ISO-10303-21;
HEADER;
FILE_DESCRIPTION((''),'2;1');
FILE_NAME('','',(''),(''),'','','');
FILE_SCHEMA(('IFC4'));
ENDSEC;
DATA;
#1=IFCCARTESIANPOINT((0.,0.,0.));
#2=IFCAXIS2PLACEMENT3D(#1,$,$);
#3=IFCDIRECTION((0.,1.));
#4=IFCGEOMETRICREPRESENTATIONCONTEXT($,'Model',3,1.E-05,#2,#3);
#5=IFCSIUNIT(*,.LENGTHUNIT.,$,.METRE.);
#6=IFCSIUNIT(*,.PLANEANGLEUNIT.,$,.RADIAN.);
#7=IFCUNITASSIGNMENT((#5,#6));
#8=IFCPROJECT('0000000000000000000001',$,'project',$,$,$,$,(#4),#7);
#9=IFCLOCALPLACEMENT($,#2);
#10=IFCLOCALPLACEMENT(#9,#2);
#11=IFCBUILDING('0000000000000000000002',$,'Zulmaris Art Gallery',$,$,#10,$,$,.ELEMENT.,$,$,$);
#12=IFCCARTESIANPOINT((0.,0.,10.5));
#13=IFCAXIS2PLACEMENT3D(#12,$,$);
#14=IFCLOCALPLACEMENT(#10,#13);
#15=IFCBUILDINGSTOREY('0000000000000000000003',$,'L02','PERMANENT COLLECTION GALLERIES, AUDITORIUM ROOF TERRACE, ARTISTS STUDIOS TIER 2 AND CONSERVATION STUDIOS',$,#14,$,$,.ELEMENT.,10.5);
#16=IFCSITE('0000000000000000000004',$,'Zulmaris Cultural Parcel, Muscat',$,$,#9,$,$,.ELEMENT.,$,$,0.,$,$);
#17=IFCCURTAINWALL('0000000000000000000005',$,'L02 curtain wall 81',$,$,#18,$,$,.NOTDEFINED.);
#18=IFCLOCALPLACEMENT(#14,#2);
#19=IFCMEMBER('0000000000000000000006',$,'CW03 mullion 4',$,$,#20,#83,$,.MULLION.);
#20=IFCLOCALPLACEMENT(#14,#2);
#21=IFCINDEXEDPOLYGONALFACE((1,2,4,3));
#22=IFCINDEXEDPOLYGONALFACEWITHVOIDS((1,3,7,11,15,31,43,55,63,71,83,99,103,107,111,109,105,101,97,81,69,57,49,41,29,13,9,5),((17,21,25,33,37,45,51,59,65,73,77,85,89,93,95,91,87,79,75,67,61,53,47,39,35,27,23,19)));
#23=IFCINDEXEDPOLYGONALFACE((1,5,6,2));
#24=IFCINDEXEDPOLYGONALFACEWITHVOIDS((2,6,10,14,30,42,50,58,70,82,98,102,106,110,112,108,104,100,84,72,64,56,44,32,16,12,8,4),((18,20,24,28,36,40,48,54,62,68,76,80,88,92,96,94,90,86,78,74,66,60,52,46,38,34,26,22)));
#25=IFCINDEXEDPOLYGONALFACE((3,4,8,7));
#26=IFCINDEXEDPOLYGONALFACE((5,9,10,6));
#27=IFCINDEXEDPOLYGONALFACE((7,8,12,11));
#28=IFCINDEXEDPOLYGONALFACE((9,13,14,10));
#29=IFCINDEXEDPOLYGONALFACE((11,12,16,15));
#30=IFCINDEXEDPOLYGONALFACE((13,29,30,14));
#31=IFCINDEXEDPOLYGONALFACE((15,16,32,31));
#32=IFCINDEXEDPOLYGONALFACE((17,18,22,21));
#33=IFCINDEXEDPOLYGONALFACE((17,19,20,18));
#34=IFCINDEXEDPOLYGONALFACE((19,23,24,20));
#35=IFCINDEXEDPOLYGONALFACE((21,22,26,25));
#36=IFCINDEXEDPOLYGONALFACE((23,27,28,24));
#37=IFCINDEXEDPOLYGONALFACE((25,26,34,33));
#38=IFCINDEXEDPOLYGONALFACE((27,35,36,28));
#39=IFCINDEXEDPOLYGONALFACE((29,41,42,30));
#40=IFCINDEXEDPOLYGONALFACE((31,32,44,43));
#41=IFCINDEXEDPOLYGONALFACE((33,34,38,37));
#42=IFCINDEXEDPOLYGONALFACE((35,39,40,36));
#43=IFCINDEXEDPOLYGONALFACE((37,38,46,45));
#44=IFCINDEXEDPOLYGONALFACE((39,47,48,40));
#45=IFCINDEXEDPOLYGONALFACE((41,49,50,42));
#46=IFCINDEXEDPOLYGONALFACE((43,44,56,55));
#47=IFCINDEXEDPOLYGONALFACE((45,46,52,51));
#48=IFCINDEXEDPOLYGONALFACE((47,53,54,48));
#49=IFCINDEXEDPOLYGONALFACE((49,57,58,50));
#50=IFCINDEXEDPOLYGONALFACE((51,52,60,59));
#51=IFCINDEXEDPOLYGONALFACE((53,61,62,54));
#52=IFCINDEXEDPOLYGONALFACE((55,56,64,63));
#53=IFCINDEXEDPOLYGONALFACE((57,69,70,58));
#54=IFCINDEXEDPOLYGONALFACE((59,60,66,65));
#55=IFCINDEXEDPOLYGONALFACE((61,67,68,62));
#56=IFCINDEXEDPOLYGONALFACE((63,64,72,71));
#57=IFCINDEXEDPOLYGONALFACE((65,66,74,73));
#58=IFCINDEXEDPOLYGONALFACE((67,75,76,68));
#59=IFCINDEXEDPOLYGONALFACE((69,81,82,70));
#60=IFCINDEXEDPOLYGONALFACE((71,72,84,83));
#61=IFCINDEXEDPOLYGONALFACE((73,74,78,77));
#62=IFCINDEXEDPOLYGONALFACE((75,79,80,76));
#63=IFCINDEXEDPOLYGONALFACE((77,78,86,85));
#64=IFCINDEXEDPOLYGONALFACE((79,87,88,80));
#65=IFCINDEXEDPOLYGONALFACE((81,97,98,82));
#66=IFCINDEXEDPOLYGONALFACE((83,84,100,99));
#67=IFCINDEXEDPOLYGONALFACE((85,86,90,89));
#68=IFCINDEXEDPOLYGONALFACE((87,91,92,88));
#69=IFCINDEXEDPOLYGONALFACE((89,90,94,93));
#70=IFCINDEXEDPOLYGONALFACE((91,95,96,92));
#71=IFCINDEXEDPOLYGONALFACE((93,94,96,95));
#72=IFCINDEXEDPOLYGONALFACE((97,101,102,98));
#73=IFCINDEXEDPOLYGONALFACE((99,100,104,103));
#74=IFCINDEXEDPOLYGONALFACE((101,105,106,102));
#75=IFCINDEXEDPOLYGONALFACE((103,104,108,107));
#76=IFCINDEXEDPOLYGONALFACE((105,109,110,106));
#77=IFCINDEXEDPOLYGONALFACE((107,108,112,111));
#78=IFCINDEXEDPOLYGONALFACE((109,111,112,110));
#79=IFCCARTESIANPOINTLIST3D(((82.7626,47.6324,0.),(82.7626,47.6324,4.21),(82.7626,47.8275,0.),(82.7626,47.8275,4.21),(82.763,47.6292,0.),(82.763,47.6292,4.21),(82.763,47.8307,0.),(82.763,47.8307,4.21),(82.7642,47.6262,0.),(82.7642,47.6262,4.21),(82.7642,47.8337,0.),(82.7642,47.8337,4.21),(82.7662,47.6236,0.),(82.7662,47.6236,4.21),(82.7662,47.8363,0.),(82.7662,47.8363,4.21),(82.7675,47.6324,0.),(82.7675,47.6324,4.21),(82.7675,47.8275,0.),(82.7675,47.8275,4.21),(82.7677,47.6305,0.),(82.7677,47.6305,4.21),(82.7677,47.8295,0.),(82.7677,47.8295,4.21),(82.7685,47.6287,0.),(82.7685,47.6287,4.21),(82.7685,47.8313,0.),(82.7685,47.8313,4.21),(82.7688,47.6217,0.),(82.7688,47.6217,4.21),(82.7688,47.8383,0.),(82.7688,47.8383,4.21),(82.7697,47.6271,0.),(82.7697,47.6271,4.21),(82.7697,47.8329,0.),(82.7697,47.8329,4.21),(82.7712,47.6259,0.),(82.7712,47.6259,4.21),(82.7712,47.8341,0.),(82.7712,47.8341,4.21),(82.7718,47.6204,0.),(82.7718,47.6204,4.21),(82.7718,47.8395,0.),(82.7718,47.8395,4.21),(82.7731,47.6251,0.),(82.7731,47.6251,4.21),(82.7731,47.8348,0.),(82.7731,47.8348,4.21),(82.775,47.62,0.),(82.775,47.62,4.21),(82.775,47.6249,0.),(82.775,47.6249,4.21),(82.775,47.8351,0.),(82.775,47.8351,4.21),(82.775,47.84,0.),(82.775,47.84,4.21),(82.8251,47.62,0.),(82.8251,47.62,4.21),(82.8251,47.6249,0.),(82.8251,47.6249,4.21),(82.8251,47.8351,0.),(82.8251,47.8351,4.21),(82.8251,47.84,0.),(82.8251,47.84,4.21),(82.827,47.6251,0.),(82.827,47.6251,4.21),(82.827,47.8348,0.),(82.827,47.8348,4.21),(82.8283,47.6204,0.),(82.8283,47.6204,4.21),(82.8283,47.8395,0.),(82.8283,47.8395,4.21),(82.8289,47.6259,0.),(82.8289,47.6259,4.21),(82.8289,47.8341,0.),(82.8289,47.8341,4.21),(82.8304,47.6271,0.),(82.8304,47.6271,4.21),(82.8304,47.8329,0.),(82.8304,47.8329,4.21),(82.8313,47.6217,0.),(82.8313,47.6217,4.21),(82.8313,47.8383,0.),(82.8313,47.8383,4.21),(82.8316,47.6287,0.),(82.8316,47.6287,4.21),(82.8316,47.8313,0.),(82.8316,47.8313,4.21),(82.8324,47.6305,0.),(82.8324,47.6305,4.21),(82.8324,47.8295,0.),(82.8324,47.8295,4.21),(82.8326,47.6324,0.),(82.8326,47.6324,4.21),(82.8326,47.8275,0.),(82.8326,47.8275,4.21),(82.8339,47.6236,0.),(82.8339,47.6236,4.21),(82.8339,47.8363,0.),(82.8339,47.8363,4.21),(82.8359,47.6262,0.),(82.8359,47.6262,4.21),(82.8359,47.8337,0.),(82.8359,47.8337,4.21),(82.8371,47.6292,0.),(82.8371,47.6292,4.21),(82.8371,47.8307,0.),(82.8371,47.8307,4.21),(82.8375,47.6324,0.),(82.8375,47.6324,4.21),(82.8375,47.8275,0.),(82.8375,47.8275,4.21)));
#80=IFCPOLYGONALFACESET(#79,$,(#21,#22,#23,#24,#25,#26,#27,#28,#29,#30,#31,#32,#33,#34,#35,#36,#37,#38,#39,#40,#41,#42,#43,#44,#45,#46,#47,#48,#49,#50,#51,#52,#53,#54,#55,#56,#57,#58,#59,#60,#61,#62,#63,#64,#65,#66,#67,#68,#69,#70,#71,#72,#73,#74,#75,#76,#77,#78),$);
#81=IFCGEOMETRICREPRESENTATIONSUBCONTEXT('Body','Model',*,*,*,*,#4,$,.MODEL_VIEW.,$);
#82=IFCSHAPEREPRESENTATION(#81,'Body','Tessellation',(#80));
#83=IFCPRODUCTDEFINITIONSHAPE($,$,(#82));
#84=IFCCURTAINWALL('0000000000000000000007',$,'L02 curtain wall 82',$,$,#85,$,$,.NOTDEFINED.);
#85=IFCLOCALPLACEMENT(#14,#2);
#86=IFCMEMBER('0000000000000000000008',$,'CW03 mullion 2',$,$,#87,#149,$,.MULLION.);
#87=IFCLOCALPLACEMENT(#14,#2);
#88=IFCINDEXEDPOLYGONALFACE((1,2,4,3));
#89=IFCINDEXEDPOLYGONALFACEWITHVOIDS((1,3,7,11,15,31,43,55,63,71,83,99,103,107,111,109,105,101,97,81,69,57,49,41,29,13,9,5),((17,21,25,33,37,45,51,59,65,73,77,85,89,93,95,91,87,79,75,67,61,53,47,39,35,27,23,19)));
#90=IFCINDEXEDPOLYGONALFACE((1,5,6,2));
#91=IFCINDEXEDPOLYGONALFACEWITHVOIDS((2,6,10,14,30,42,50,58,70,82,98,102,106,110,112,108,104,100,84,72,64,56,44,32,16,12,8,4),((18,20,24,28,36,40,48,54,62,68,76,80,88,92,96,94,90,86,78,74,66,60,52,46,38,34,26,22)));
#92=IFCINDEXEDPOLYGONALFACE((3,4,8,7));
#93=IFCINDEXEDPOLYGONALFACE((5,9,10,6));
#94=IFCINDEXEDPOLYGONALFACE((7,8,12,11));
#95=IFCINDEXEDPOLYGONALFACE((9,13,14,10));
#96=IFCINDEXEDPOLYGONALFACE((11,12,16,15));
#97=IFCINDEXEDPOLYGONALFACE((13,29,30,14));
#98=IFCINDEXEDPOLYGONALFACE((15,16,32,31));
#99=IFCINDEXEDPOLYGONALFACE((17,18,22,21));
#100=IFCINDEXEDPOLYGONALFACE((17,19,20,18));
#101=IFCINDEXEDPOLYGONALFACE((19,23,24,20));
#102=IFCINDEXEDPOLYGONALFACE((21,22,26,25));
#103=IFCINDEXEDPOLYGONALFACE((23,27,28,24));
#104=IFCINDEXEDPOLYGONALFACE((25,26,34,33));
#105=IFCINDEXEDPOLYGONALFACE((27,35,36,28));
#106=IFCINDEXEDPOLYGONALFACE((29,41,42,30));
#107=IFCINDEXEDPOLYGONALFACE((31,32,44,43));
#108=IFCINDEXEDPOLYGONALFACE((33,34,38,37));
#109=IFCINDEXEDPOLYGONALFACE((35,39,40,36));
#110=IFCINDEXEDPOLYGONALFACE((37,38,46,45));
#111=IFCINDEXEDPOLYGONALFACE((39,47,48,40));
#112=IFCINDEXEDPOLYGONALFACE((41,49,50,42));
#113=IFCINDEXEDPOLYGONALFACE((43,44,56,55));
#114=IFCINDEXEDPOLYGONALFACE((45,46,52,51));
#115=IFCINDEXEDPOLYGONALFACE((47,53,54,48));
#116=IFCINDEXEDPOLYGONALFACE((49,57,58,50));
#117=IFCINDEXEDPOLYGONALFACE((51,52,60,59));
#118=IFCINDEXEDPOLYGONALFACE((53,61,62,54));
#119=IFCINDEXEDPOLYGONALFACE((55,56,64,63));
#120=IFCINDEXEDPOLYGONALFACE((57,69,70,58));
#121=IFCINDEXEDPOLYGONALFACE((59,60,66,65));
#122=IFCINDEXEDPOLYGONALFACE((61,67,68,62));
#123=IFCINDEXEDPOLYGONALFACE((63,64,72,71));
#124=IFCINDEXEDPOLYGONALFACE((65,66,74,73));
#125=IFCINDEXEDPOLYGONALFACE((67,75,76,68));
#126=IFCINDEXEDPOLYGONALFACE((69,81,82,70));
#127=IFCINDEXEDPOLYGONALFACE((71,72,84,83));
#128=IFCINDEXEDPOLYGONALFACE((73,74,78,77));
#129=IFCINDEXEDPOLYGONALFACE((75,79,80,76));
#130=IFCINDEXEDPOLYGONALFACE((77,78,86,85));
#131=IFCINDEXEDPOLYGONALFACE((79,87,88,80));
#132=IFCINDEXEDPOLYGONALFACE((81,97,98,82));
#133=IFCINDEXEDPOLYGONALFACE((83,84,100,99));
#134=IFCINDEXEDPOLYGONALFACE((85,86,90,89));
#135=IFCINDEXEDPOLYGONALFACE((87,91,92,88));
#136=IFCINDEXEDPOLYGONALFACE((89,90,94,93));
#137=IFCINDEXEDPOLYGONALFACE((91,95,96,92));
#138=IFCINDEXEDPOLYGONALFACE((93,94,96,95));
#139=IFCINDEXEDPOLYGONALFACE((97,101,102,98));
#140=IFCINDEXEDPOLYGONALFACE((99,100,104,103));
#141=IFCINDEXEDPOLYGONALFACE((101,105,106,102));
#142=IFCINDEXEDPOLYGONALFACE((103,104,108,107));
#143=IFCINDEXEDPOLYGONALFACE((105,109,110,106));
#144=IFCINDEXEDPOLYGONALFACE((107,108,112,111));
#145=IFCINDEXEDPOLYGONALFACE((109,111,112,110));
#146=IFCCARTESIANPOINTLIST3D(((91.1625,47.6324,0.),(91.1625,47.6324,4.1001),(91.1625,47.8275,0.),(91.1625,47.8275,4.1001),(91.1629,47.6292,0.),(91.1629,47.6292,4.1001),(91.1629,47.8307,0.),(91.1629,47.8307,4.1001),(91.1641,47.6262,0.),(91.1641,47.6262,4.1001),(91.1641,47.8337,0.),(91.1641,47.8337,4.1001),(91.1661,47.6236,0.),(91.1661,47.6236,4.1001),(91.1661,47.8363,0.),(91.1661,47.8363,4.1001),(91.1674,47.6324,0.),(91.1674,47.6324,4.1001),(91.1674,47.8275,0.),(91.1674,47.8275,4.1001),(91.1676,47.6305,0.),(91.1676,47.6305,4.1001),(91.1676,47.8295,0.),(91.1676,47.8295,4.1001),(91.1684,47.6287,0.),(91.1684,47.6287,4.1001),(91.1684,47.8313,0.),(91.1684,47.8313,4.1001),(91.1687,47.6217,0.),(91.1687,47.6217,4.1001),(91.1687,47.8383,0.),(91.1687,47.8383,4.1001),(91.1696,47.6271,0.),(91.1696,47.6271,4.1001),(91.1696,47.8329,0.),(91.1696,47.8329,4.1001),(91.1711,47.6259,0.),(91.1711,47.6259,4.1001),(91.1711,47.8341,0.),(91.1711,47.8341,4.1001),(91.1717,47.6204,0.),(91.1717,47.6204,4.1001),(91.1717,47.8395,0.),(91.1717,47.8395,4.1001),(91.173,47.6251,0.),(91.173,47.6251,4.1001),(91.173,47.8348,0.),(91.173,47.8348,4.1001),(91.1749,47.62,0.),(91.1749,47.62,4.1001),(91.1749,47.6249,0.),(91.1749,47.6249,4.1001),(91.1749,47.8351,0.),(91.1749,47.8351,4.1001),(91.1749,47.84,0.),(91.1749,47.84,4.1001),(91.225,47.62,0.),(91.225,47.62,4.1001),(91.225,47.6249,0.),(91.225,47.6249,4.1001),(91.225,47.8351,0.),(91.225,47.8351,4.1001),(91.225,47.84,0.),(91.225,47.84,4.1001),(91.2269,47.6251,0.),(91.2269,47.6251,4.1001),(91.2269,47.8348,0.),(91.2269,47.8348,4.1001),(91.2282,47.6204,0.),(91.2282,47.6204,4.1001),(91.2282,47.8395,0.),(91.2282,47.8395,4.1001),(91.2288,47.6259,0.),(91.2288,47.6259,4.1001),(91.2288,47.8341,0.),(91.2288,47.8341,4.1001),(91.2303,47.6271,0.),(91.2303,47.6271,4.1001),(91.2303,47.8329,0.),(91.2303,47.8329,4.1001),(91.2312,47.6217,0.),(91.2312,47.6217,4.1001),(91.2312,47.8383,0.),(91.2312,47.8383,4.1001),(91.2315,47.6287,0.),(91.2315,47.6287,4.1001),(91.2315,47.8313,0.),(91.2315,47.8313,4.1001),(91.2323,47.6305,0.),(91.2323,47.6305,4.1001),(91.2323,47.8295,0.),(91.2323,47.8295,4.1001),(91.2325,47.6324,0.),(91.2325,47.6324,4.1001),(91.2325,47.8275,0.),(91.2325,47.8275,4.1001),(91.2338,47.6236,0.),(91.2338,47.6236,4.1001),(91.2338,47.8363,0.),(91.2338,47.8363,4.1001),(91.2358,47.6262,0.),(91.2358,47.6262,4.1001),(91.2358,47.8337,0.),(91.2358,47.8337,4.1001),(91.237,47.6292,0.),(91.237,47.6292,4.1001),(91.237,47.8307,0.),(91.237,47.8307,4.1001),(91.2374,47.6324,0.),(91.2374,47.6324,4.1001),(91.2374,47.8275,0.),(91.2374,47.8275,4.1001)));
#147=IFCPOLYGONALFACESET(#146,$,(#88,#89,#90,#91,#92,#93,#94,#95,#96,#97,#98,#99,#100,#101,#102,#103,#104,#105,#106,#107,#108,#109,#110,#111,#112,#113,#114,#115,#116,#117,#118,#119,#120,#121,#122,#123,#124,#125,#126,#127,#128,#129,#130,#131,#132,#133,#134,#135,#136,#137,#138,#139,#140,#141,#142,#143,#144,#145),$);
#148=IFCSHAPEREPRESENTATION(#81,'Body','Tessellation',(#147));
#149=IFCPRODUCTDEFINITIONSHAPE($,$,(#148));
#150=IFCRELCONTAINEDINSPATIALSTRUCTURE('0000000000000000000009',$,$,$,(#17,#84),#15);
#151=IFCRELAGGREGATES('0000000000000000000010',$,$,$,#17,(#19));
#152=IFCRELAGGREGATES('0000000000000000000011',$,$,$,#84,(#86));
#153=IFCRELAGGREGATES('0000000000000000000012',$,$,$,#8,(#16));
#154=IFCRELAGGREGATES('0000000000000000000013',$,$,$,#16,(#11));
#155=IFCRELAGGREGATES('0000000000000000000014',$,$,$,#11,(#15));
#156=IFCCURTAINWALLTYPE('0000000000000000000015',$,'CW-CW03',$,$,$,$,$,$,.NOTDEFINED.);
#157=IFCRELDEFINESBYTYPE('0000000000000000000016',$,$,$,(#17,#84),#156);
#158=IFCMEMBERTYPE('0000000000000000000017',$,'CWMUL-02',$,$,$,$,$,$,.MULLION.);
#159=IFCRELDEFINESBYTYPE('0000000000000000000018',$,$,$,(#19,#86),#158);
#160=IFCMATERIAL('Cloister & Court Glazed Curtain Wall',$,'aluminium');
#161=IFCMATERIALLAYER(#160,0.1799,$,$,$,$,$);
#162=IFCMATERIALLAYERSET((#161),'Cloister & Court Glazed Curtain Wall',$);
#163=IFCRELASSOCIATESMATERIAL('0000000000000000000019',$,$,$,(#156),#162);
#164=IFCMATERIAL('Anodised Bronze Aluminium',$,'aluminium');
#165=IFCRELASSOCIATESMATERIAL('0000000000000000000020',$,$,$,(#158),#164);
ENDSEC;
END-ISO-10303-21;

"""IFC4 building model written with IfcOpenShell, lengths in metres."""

from ifc_helpers import new_model, si_unit, direction, frame, origin, origin_2d, place, context, subcontext, project, spatial, hollow_rectangle, extrude, material, layer, layer_set, material_profile, profile_set, type_object, element, aggregate, save


model = new_model("IFC4")

# Units and contexts
model_context = context("Model", 3, precision=1e-05, world=origin(), true_north=direction((0.0, 1.0)))
body_context = subcontext(model_context, "Body", "Model", "MODEL_VIEW")
ifc_project = project(units=[si_unit("LENGTHUNIT", "METRE"), si_unit("PLANEANGLEUNIT", "RADIAN")], contexts=[model_context])

# Site, building, storey
site_placement = place(None, origin())
site = spatial("IfcSite", under=ifc_project, at=site_placement, Name="Zulmaris Cultural Parcel, Muscat", CompositionType="ELEMENT", RefElevation=0.0)
building_placement = place(site_placement, origin())
building = spatial("IfcBuilding", under=site, at=building_placement, Name="Zulmaris Art Gallery", CompositionType="ELEMENT")
storey_placement = place(building_placement, frame((0.0, 0.0, 10.5)))
storey = spatial("IfcBuildingStorey", under=building, at=storey_placement, Name="L02", Description="PERMANENT COLLECTION GALLERIES, AUDITORIUM ROOF TERRACE, ARTISTS STUDIOS TIER 2 AND CONSERVATION STUDIOS", CompositionType="ELEMENT", Elevation=10.5)

# Curtain walls, members
ifc_material_1 = material(Name="Cloister & Court Glazed Curtain Wall", Category="aluminium")
ifc_layer_1 = layer(ifc_material_1, 0.1799)
ifc_layer_set_1 = layer_set([ifc_layer_1], Name="Cloister & Court Glazed Curtain Wall")
curtain_wall_type = type_object("IfcCurtainWallType", Name="CW-CW03", PredefinedType="NOTDEFINED", material=ifc_layer_set_1)
curtain_wall_1_placement = place(storey_placement, origin())
curtain_wall_1 = element("IfcCurtainWall", 1, at=curtain_wall_1_placement, inside=storey, type_object=curtain_wall_type, Name="L02 curtain wall 81", PredefinedType="NOTDEFINED")
ifc_material_2 = material(Name="Anodised Bronze Aluminium", Category="aluminium")
ifc_material_profile_1 = material_profile(ifc_material_2, hollow_rectangle(XDim=0.075, YDim=0.22, WallThickness=0.0049, InnerFilletRadius=0.0076, OuterFilletRadius=0.0125, at=origin_2d()), Name="ALU 75x220x5")
ifc_profile_set_1 = profile_set([ifc_material_profile_1], Name="Anodised Bronze Aluminium")
member_type_1 = type_object("IfcMemberType", Name="CWMUL-02", PredefinedType="MULLION", material=ifc_profile_set_1)
member_1_placement = place(storey_placement, frame((82.8, 47.73, 0.0), z_axis=(0.0, 0.0, 1.0), x_axis=(-1.0, 0.0, 0.0)))
member_1 = element("IfcMember", 2, at=member_1_placement, type_object=member_type_1, Name="CW03 mullion 4", PredefinedType="MULLION", context=body_context, shape_type="SweptSolid", body=[
    extrude(hollow_rectangle(XDim=0.075, YDim=0.22, WallThickness=0.0049, InnerFilletRadius=0.0076, OuterFilletRadius=0.0125, at=origin_2d()), origin(), (0.0, 0.0, 1.0), 4.21),
])
curtain_wall_2_placement = place(storey_placement, origin())
curtain_wall_2 = element("IfcCurtainWall", 3, at=curtain_wall_2_placement, inside=storey, type_object=curtain_wall_type, Name="L02 curtain wall 82", PredefinedType="NOTDEFINED")
member_2_placement = place(storey_placement, frame((91.2, 47.73, 0.0), z_axis=(0.0, 0.0, 1.0), x_axis=(1.0, 0.0, 0.0)))
member_2 = element("IfcMember", 4, at=member_2_placement, type_object=member_type_1, Name="CW03 mullion 2", PredefinedType="MULLION", context=body_context, shape_type="SweptSolid", body=[
    extrude(hollow_rectangle(XDim=0.075, YDim=0.22, WallThickness=0.0049, InnerFilletRadius=0.0076, OuterFilletRadius=0.0125, at=origin_2d()), origin(), (0.0, 0.0, 1.0), 4.1001),
])

aggregate(curtain_wall_1, [member_1])
aggregate(curtain_wall_2, [member_2])

save(model, "model.ifc")
